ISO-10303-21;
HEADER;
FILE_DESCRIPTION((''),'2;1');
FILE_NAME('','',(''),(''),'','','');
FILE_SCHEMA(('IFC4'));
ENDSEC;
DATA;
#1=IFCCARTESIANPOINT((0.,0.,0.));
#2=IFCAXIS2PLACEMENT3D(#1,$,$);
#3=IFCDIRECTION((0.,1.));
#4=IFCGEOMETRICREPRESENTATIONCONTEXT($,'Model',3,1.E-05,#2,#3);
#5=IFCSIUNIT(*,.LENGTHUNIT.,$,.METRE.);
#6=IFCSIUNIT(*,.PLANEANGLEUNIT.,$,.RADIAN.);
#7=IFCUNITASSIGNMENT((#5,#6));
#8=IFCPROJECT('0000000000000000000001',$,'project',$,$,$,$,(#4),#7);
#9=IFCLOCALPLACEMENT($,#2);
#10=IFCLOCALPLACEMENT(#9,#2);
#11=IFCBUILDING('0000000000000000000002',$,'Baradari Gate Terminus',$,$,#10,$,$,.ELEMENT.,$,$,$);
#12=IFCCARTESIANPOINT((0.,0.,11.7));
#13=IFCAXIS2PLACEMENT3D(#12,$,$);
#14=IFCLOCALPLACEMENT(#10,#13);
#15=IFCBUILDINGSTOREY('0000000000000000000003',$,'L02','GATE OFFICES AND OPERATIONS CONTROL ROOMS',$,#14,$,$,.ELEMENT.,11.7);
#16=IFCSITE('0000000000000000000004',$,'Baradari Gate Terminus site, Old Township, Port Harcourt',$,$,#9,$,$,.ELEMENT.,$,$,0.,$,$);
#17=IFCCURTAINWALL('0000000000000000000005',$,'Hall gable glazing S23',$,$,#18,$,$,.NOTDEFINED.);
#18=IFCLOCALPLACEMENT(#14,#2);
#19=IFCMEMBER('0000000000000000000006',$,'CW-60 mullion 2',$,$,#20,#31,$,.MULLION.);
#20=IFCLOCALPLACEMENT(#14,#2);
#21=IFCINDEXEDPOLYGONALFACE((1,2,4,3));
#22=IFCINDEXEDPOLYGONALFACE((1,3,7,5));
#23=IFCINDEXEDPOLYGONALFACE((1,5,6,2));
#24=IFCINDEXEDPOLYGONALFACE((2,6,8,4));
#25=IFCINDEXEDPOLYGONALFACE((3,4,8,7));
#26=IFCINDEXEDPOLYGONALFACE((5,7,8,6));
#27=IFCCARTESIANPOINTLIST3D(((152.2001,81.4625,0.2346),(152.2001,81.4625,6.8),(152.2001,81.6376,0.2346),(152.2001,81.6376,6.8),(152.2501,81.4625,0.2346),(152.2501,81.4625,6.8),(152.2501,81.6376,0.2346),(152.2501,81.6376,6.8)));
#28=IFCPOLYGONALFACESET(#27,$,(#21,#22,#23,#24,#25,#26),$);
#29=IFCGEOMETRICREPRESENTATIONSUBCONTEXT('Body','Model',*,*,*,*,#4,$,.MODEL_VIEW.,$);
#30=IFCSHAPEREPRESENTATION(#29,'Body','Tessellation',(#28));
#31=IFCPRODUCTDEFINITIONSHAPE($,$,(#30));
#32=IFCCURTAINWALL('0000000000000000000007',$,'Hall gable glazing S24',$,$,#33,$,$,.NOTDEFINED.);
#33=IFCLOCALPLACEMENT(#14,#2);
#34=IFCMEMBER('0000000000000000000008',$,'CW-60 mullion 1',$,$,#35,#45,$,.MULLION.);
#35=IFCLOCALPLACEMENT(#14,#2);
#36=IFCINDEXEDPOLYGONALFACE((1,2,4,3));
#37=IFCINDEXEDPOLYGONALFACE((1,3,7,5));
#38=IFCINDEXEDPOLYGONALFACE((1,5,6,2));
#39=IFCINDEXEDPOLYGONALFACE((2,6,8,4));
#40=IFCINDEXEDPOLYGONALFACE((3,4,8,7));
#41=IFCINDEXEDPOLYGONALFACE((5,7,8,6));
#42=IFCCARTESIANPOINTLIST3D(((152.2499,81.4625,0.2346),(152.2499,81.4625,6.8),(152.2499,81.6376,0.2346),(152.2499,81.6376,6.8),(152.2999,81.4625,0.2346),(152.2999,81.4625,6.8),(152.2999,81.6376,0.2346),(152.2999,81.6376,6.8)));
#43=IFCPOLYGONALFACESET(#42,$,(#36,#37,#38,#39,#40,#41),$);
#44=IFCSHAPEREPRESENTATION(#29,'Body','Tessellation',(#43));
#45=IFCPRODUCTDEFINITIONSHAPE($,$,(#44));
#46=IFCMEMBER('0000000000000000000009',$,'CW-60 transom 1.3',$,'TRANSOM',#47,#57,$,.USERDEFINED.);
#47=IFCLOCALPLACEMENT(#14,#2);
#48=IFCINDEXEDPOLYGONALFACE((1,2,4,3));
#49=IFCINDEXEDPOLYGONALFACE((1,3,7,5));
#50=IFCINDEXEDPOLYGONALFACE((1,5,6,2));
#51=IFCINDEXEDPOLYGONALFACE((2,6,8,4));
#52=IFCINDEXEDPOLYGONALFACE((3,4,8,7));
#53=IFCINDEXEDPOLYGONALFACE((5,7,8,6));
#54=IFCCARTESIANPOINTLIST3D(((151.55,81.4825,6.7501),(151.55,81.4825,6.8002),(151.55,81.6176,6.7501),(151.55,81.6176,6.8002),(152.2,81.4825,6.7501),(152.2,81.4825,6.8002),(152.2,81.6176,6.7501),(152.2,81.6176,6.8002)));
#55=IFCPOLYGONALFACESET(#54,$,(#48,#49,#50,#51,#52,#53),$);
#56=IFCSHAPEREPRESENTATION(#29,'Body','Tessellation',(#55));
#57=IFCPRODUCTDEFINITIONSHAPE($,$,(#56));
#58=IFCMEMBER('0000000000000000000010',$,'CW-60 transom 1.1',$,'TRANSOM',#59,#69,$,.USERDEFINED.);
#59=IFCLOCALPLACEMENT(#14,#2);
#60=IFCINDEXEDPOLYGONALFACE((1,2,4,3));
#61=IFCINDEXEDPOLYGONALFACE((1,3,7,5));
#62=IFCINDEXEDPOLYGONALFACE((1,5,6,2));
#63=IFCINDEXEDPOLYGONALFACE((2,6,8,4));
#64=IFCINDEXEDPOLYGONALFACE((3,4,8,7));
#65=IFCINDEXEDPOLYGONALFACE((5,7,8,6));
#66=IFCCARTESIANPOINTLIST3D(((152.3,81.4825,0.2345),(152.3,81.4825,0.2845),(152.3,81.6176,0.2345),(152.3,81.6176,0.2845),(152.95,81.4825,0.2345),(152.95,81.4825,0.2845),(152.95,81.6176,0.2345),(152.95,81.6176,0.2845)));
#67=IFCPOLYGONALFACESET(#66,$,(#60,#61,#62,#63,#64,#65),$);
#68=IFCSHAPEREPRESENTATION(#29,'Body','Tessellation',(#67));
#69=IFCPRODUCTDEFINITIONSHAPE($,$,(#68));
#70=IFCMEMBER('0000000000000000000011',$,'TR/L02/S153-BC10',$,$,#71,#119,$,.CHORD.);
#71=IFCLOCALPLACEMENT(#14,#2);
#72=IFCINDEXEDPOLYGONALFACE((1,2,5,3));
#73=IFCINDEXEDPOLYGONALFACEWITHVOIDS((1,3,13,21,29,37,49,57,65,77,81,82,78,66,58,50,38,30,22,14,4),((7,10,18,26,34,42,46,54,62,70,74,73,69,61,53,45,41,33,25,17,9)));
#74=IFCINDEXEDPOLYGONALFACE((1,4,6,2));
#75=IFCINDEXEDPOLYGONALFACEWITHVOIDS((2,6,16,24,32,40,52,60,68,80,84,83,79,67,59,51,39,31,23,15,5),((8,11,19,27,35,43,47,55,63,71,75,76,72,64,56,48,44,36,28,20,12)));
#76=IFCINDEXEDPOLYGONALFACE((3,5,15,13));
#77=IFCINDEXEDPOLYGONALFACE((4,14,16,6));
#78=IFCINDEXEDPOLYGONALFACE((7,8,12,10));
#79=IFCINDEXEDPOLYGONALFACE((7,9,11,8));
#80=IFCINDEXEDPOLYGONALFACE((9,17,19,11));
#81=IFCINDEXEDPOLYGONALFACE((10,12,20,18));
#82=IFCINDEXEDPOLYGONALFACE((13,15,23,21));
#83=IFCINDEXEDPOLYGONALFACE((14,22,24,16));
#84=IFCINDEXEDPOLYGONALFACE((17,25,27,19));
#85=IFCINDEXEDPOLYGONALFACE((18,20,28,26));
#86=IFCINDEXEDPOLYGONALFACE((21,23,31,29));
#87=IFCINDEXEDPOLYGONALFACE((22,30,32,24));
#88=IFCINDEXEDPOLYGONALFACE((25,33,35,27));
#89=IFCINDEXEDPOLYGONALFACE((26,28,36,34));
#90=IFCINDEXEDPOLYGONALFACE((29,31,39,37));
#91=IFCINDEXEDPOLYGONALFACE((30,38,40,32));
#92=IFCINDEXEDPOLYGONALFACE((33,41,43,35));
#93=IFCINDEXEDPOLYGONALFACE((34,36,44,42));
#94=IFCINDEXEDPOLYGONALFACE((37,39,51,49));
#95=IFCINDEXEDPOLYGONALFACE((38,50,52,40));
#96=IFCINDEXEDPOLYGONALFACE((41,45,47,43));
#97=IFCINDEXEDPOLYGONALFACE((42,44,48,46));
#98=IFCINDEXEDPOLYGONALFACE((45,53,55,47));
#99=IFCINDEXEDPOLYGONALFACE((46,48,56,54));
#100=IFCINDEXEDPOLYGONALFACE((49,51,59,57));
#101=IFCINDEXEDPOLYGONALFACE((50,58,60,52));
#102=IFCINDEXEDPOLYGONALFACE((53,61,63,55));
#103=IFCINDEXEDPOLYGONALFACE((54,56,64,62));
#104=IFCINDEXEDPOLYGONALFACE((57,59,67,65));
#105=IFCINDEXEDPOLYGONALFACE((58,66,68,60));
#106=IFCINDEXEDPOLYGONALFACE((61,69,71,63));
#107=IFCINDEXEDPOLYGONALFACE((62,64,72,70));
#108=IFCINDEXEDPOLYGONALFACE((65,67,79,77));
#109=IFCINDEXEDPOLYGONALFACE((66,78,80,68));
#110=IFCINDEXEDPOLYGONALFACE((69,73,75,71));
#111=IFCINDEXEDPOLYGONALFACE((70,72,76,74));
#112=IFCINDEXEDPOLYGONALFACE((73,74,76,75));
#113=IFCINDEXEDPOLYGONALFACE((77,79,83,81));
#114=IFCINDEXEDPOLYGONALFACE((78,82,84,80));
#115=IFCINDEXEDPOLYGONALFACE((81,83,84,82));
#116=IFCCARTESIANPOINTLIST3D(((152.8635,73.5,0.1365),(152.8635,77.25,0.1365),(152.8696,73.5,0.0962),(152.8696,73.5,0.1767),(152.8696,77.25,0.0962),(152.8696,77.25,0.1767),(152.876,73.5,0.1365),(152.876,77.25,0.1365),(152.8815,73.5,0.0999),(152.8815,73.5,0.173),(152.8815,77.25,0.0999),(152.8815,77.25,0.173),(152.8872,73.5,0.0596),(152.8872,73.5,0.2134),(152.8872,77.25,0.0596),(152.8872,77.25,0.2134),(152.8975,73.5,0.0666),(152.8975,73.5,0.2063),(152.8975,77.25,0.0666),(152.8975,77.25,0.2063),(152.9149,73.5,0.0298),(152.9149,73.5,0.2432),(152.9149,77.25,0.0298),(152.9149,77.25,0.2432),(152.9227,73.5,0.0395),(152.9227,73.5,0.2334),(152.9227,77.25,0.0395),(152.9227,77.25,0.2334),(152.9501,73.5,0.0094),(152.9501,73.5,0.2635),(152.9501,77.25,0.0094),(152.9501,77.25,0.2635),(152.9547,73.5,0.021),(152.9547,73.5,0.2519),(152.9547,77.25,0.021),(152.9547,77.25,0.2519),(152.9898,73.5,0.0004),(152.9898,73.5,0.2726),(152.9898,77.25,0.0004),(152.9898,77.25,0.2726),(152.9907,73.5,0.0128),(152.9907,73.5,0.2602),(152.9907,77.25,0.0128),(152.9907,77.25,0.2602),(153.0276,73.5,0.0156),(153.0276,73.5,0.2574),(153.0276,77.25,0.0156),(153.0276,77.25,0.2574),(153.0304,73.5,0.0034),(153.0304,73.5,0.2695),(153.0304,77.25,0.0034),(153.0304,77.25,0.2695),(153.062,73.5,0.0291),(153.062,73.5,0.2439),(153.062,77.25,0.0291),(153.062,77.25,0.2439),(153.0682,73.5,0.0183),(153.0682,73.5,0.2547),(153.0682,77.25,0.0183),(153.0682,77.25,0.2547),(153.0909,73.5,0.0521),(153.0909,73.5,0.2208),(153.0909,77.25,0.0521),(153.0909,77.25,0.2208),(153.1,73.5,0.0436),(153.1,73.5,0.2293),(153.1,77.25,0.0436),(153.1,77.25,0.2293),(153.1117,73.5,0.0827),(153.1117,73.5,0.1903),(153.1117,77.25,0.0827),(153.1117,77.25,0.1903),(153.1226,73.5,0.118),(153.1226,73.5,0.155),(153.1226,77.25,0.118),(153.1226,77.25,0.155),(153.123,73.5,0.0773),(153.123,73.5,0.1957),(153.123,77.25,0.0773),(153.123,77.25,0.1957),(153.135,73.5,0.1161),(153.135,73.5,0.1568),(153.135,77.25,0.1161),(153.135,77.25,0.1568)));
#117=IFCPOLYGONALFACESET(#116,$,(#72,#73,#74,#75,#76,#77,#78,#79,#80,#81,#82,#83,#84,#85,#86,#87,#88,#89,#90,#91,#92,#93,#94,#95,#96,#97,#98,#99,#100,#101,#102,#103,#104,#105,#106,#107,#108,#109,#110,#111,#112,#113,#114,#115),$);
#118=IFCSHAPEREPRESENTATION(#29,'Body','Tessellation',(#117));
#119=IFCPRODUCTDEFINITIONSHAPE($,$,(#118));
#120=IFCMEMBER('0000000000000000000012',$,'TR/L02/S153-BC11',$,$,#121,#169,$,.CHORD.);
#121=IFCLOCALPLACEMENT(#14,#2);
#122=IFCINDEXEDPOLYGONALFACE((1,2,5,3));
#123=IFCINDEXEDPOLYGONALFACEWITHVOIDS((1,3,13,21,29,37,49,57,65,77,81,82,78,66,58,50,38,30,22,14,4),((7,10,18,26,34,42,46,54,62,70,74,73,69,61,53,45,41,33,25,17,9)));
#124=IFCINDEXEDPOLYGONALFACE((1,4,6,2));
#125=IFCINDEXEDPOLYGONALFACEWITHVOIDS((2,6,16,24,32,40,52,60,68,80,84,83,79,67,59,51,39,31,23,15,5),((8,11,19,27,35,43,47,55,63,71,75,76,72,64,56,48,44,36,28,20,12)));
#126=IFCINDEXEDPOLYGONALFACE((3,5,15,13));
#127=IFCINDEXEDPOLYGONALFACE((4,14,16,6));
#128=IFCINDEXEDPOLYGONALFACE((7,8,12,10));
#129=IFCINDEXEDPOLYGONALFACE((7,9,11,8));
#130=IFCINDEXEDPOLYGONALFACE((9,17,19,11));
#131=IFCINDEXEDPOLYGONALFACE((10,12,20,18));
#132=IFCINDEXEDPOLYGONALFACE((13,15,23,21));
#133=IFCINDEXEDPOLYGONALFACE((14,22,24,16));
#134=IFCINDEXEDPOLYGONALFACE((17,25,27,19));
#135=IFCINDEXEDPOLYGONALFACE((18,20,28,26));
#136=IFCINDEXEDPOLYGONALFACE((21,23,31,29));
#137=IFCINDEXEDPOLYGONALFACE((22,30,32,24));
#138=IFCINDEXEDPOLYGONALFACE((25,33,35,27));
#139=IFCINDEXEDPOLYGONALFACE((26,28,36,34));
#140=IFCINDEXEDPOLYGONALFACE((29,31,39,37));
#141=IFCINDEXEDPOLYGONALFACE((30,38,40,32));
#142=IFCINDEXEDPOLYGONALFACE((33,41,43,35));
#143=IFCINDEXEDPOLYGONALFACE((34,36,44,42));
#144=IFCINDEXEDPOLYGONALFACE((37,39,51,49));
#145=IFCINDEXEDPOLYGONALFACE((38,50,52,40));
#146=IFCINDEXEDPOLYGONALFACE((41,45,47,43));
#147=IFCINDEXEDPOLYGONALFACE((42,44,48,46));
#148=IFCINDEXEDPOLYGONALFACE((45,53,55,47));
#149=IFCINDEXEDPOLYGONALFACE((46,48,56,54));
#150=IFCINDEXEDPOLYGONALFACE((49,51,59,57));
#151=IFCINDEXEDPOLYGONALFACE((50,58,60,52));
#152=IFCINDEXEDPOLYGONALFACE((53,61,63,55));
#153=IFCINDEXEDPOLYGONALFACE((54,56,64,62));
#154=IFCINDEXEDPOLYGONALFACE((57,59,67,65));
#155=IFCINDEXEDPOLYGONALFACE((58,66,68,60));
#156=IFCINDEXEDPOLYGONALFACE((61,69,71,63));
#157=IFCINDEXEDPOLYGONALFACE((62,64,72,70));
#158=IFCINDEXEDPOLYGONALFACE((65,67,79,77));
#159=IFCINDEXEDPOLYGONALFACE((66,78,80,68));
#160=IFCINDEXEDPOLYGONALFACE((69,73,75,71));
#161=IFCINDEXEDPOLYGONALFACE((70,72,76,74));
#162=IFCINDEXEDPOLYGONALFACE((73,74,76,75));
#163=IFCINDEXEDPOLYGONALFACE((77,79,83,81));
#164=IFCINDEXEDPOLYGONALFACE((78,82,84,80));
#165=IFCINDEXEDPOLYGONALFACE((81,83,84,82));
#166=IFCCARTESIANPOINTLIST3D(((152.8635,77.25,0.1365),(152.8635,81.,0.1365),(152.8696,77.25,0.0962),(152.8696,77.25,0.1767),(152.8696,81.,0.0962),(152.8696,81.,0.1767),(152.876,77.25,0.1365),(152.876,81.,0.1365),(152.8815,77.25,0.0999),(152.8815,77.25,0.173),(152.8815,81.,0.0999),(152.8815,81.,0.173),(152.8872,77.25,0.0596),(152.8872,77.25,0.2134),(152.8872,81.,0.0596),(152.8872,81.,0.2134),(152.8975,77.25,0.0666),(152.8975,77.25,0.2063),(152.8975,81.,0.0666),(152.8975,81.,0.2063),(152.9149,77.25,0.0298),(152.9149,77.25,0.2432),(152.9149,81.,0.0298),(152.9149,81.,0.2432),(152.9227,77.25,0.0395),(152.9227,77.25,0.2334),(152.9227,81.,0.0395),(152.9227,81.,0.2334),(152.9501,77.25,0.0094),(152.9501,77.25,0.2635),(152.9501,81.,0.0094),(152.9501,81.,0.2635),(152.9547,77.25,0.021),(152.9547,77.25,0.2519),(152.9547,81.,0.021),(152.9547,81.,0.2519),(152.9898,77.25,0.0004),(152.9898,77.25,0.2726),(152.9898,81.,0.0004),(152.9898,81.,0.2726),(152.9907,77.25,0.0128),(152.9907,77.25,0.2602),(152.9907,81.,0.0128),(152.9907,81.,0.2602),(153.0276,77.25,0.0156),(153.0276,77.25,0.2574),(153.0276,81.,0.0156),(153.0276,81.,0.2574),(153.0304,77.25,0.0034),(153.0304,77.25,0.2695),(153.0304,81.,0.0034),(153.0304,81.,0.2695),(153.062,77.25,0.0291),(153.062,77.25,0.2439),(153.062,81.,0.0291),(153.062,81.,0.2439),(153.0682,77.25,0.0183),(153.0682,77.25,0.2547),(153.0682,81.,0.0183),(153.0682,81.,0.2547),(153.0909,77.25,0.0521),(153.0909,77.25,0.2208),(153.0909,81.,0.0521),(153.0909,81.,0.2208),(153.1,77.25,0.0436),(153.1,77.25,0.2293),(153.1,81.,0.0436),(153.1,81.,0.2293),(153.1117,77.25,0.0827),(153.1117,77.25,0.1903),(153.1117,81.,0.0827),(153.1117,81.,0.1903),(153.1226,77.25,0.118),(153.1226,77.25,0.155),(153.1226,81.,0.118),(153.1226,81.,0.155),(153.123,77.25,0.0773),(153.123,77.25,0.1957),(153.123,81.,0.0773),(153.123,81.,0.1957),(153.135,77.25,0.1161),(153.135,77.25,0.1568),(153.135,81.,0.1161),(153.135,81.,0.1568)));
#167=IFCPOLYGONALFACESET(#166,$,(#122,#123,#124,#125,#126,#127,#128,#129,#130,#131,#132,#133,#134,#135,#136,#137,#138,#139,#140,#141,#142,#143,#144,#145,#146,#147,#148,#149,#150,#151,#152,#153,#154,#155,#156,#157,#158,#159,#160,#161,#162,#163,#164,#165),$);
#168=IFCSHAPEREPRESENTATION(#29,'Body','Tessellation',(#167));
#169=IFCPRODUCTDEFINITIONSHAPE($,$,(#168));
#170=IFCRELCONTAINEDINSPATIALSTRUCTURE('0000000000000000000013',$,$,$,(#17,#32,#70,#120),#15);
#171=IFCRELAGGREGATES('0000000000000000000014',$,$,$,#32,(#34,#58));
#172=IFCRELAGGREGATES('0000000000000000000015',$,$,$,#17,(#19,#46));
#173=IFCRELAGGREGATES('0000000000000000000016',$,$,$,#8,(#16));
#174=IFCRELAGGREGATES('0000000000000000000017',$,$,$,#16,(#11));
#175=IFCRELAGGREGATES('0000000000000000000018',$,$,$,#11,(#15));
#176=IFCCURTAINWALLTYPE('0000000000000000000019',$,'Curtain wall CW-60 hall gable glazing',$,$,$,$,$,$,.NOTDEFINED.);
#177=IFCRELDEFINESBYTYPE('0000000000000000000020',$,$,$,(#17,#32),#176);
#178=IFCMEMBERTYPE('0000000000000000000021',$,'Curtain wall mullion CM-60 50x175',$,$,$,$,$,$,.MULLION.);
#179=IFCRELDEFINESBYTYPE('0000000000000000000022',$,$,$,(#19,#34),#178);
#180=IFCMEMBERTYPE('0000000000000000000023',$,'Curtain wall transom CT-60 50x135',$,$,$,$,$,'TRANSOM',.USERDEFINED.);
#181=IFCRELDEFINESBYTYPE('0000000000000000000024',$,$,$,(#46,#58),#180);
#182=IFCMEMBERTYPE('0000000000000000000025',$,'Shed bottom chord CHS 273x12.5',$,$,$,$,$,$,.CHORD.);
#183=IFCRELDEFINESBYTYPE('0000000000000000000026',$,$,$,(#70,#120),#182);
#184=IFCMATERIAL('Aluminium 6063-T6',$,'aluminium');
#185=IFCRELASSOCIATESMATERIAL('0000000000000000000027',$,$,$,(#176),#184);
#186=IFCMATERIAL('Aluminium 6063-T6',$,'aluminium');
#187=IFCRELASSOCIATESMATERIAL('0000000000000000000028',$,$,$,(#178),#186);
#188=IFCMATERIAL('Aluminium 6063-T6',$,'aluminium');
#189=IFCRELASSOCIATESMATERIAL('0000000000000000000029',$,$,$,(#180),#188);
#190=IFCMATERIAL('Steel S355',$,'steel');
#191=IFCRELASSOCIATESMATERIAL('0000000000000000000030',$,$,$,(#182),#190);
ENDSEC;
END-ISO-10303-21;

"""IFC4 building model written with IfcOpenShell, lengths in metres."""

from ifc_helpers import new_model, si_unit, direction, frame, origin, origin_2d, place, context, subcontext, project, spatial, rectangle, hollow_circle, extrude, material, material_profile, profile_set, type_object, element, aggregate, save


model = new_model("IFC4")

# Units and contexts
model_context = context("Model", 3, precision=1e-05, world=origin(), true_north=direction((0.0, 1.0)))
body_context = subcontext(model_context, "Body", "Model", "MODEL_VIEW")
ifc_project = project(units=[si_unit("LENGTHUNIT", "METRE"), si_unit("PLANEANGLEUNIT", "RADIAN")], contexts=[model_context])

# Site, building, storey
site_placement = place(None, origin())
site = spatial("IfcSite", under=ifc_project, at=site_placement, Name="Baradari Gate Terminus site, Old Township, Port Harcourt", CompositionType="ELEMENT", RefElevation=0.0)
building_placement = place(site_placement, origin())
building = spatial("IfcBuilding", under=site, at=building_placement, Name="Baradari Gate Terminus", CompositionType="ELEMENT")
storey_placement = place(building_placement, frame((0.0, 0.0, 11.7)))
storey = spatial("IfcBuildingStorey", under=building, at=storey_placement, Name="L02", Description="GATE OFFICES AND OPERATIONS CONTROL ROOMS", CompositionType="ELEMENT", Elevation=11.7)

# Curtain walls, members
ifc_material_1 = material(Name="Aluminium 6063-T6", Category="aluminium")
curtain_wall_type = type_object("IfcCurtainWallType", Name="Curtain wall CW-60 hall gable glazing", PredefinedType="NOTDEFINED", material=ifc_material_1)
curtain_wall_1_placement = place(storey_placement, origin())
curtain_wall_1 = element("IfcCurtainWall", 1, at=curtain_wall_1_placement, inside=storey, type_object=curtain_wall_type, Name="Hall gable glazing S23", PredefinedType="NOTDEFINED")
ifc_material_2 = material(Name="Aluminium 6063-T6", Category="aluminium")
ifc_material_profile_1 = material_profile(ifc_material_2, rectangle(XDim=0.175, YDim=0.05, at=origin_2d()), Name="CM-60 50X175")
ifc_profile_set_1 = profile_set([ifc_material_profile_1], Name="Aluminium 6063-T6")
member_type_1 = type_object("IfcMemberType", Name="Curtain wall mullion CM-60 50x175", PredefinedType="MULLION", material=ifc_profile_set_1)
member_1_placement = place(storey_placement, frame((152.2251, 81.55, 0.2346), z_axis=(0.0, 0.0, 1.0), x_axis=(0.0, 1.0, 0.0)))
member_1 = element("IfcMember", 2, at=member_1_placement, type_object=member_type_1, Name="CW-60 mullion 2", PredefinedType="MULLION", context=body_context, shape_type="SweptSolid", body=[
    extrude(rectangle(XDim=0.175, YDim=0.05, at=origin_2d()), origin(), (0.0, 0.0, 1.0), 6.5654),
])
curtain_wall_2_placement = place(storey_placement, origin())
curtain_wall_2 = element("IfcCurtainWall", 3, at=curtain_wall_2_placement, inside=storey, type_object=curtain_wall_type, Name="Hall gable glazing S24", PredefinedType="NOTDEFINED")
member_2_placement = place(storey_placement, frame((152.2749, 81.55, 0.2346), z_axis=(0.0, 0.0, 1.0), x_axis=(0.0, 1.0, 0.0)))
member_2 = element("IfcMember", 4, at=member_2_placement, type_object=member_type_1, Name="CW-60 mullion 1", PredefinedType="MULLION", context=body_context, shape_type="SweptSolid", body=[
    extrude(rectangle(XDim=0.175, YDim=0.05, at=origin_2d()), origin(), (0.0, 0.0, 1.0), 6.5654),
])

# Members
ifc_material_3 = material(Name="Aluminium 6063-T6", Category="aluminium")
ifc_material_profile_2 = material_profile(ifc_material_3, rectangle(XDim=0.135, YDim=0.05, at=origin_2d()), Name="CT-60 50X135")
ifc_profile_set_2 = profile_set([ifc_material_profile_2], Name="Aluminium 6063-T6")
member_type_2 = type_object("IfcMemberType", Name="Curtain wall transom CT-60 50x135", ElementType="TRANSOM", PredefinedType="USERDEFINED", material=ifc_profile_set_2)
member_3_placement = place(storey_placement, frame((151.55, 81.55, 6.7751), z_axis=(1.0, 0.0, 0.0), x_axis=(0.0, 1.0, 0.0)))
member_3 = element("IfcMember", 5, at=member_3_placement, type_object=member_type_2, Name="CW-60 transom 1.3", ObjectType="TRANSOM", PredefinedType="USERDEFINED", context=body_context, shape_type="SweptSolid", body=[
    extrude(rectangle(XDim=0.135, YDim=0.05, at=origin_2d()), origin(), (0.0, 0.0, 1.0), 0.6499),
])
member_4_placement = place(storey_placement, frame((152.3, 81.55, 0.2595), z_axis=(1.0, 0.0, 0.0), x_axis=(0.0, 1.0, 0.0)))
member_4 = element("IfcMember", 6, at=member_4_placement, type_object=member_type_2, Name="CW-60 transom 1.1", ObjectType="TRANSOM", PredefinedType="USERDEFINED", context=body_context, shape_type="SweptSolid", body=[
    extrude(rectangle(XDim=0.135, YDim=0.05, at=origin_2d()), origin(), (0.0, 0.0, 1.0), 0.6499),
])
aggregate(curtain_wall_2, [member_2, member_4])

# Members
ifc_material_4 = material(Name="Steel S355", Category="steel")
ifc_material_profile_3 = material_profile(ifc_material_4, hollow_circle(Radius=0.1365, WallThickness=0.0125, at=origin_2d()), Name="CHS 273x12.5")
ifc_profile_set_3 = profile_set([ifc_material_profile_3], Name="Steel S355")
member_type_3 = type_object("IfcMemberType", Name="Shed bottom chord CHS 273x12.5", PredefinedType="CHORD", material=ifc_profile_set_3)
for number, where, z_axis, x_axis, name in (
    (7, (153.0, 73.5, 0.1365), (0.0, 1.0, 0.0), (-1.0, 0.0, 0.0), "TR/L02/S153-BC10"),
    (8, (153.0, 77.25, 0.1365), (0.0, 1.0, 0.0), (-1.0, 0.0, 0.0), "TR/L02/S153-BC11"),
):
    element("IfcMember", number, at=place(storey_placement, frame(where, z_axis=z_axis, x_axis=x_axis)), inside=storey, type_object=member_type_3, Name=name, PredefinedType="CHORD", context=body_context, shape_type="SweptSolid", body=[
        extrude(hollow_circle(Radius=0.1365, WallThickness=0.0125, at=origin_2d()), origin(), (0.0, 0.0, 1.0), 3.75),
    ])

aggregate(curtain_wall_1, [member_1, member_3])

save(model, "model.ifc")
